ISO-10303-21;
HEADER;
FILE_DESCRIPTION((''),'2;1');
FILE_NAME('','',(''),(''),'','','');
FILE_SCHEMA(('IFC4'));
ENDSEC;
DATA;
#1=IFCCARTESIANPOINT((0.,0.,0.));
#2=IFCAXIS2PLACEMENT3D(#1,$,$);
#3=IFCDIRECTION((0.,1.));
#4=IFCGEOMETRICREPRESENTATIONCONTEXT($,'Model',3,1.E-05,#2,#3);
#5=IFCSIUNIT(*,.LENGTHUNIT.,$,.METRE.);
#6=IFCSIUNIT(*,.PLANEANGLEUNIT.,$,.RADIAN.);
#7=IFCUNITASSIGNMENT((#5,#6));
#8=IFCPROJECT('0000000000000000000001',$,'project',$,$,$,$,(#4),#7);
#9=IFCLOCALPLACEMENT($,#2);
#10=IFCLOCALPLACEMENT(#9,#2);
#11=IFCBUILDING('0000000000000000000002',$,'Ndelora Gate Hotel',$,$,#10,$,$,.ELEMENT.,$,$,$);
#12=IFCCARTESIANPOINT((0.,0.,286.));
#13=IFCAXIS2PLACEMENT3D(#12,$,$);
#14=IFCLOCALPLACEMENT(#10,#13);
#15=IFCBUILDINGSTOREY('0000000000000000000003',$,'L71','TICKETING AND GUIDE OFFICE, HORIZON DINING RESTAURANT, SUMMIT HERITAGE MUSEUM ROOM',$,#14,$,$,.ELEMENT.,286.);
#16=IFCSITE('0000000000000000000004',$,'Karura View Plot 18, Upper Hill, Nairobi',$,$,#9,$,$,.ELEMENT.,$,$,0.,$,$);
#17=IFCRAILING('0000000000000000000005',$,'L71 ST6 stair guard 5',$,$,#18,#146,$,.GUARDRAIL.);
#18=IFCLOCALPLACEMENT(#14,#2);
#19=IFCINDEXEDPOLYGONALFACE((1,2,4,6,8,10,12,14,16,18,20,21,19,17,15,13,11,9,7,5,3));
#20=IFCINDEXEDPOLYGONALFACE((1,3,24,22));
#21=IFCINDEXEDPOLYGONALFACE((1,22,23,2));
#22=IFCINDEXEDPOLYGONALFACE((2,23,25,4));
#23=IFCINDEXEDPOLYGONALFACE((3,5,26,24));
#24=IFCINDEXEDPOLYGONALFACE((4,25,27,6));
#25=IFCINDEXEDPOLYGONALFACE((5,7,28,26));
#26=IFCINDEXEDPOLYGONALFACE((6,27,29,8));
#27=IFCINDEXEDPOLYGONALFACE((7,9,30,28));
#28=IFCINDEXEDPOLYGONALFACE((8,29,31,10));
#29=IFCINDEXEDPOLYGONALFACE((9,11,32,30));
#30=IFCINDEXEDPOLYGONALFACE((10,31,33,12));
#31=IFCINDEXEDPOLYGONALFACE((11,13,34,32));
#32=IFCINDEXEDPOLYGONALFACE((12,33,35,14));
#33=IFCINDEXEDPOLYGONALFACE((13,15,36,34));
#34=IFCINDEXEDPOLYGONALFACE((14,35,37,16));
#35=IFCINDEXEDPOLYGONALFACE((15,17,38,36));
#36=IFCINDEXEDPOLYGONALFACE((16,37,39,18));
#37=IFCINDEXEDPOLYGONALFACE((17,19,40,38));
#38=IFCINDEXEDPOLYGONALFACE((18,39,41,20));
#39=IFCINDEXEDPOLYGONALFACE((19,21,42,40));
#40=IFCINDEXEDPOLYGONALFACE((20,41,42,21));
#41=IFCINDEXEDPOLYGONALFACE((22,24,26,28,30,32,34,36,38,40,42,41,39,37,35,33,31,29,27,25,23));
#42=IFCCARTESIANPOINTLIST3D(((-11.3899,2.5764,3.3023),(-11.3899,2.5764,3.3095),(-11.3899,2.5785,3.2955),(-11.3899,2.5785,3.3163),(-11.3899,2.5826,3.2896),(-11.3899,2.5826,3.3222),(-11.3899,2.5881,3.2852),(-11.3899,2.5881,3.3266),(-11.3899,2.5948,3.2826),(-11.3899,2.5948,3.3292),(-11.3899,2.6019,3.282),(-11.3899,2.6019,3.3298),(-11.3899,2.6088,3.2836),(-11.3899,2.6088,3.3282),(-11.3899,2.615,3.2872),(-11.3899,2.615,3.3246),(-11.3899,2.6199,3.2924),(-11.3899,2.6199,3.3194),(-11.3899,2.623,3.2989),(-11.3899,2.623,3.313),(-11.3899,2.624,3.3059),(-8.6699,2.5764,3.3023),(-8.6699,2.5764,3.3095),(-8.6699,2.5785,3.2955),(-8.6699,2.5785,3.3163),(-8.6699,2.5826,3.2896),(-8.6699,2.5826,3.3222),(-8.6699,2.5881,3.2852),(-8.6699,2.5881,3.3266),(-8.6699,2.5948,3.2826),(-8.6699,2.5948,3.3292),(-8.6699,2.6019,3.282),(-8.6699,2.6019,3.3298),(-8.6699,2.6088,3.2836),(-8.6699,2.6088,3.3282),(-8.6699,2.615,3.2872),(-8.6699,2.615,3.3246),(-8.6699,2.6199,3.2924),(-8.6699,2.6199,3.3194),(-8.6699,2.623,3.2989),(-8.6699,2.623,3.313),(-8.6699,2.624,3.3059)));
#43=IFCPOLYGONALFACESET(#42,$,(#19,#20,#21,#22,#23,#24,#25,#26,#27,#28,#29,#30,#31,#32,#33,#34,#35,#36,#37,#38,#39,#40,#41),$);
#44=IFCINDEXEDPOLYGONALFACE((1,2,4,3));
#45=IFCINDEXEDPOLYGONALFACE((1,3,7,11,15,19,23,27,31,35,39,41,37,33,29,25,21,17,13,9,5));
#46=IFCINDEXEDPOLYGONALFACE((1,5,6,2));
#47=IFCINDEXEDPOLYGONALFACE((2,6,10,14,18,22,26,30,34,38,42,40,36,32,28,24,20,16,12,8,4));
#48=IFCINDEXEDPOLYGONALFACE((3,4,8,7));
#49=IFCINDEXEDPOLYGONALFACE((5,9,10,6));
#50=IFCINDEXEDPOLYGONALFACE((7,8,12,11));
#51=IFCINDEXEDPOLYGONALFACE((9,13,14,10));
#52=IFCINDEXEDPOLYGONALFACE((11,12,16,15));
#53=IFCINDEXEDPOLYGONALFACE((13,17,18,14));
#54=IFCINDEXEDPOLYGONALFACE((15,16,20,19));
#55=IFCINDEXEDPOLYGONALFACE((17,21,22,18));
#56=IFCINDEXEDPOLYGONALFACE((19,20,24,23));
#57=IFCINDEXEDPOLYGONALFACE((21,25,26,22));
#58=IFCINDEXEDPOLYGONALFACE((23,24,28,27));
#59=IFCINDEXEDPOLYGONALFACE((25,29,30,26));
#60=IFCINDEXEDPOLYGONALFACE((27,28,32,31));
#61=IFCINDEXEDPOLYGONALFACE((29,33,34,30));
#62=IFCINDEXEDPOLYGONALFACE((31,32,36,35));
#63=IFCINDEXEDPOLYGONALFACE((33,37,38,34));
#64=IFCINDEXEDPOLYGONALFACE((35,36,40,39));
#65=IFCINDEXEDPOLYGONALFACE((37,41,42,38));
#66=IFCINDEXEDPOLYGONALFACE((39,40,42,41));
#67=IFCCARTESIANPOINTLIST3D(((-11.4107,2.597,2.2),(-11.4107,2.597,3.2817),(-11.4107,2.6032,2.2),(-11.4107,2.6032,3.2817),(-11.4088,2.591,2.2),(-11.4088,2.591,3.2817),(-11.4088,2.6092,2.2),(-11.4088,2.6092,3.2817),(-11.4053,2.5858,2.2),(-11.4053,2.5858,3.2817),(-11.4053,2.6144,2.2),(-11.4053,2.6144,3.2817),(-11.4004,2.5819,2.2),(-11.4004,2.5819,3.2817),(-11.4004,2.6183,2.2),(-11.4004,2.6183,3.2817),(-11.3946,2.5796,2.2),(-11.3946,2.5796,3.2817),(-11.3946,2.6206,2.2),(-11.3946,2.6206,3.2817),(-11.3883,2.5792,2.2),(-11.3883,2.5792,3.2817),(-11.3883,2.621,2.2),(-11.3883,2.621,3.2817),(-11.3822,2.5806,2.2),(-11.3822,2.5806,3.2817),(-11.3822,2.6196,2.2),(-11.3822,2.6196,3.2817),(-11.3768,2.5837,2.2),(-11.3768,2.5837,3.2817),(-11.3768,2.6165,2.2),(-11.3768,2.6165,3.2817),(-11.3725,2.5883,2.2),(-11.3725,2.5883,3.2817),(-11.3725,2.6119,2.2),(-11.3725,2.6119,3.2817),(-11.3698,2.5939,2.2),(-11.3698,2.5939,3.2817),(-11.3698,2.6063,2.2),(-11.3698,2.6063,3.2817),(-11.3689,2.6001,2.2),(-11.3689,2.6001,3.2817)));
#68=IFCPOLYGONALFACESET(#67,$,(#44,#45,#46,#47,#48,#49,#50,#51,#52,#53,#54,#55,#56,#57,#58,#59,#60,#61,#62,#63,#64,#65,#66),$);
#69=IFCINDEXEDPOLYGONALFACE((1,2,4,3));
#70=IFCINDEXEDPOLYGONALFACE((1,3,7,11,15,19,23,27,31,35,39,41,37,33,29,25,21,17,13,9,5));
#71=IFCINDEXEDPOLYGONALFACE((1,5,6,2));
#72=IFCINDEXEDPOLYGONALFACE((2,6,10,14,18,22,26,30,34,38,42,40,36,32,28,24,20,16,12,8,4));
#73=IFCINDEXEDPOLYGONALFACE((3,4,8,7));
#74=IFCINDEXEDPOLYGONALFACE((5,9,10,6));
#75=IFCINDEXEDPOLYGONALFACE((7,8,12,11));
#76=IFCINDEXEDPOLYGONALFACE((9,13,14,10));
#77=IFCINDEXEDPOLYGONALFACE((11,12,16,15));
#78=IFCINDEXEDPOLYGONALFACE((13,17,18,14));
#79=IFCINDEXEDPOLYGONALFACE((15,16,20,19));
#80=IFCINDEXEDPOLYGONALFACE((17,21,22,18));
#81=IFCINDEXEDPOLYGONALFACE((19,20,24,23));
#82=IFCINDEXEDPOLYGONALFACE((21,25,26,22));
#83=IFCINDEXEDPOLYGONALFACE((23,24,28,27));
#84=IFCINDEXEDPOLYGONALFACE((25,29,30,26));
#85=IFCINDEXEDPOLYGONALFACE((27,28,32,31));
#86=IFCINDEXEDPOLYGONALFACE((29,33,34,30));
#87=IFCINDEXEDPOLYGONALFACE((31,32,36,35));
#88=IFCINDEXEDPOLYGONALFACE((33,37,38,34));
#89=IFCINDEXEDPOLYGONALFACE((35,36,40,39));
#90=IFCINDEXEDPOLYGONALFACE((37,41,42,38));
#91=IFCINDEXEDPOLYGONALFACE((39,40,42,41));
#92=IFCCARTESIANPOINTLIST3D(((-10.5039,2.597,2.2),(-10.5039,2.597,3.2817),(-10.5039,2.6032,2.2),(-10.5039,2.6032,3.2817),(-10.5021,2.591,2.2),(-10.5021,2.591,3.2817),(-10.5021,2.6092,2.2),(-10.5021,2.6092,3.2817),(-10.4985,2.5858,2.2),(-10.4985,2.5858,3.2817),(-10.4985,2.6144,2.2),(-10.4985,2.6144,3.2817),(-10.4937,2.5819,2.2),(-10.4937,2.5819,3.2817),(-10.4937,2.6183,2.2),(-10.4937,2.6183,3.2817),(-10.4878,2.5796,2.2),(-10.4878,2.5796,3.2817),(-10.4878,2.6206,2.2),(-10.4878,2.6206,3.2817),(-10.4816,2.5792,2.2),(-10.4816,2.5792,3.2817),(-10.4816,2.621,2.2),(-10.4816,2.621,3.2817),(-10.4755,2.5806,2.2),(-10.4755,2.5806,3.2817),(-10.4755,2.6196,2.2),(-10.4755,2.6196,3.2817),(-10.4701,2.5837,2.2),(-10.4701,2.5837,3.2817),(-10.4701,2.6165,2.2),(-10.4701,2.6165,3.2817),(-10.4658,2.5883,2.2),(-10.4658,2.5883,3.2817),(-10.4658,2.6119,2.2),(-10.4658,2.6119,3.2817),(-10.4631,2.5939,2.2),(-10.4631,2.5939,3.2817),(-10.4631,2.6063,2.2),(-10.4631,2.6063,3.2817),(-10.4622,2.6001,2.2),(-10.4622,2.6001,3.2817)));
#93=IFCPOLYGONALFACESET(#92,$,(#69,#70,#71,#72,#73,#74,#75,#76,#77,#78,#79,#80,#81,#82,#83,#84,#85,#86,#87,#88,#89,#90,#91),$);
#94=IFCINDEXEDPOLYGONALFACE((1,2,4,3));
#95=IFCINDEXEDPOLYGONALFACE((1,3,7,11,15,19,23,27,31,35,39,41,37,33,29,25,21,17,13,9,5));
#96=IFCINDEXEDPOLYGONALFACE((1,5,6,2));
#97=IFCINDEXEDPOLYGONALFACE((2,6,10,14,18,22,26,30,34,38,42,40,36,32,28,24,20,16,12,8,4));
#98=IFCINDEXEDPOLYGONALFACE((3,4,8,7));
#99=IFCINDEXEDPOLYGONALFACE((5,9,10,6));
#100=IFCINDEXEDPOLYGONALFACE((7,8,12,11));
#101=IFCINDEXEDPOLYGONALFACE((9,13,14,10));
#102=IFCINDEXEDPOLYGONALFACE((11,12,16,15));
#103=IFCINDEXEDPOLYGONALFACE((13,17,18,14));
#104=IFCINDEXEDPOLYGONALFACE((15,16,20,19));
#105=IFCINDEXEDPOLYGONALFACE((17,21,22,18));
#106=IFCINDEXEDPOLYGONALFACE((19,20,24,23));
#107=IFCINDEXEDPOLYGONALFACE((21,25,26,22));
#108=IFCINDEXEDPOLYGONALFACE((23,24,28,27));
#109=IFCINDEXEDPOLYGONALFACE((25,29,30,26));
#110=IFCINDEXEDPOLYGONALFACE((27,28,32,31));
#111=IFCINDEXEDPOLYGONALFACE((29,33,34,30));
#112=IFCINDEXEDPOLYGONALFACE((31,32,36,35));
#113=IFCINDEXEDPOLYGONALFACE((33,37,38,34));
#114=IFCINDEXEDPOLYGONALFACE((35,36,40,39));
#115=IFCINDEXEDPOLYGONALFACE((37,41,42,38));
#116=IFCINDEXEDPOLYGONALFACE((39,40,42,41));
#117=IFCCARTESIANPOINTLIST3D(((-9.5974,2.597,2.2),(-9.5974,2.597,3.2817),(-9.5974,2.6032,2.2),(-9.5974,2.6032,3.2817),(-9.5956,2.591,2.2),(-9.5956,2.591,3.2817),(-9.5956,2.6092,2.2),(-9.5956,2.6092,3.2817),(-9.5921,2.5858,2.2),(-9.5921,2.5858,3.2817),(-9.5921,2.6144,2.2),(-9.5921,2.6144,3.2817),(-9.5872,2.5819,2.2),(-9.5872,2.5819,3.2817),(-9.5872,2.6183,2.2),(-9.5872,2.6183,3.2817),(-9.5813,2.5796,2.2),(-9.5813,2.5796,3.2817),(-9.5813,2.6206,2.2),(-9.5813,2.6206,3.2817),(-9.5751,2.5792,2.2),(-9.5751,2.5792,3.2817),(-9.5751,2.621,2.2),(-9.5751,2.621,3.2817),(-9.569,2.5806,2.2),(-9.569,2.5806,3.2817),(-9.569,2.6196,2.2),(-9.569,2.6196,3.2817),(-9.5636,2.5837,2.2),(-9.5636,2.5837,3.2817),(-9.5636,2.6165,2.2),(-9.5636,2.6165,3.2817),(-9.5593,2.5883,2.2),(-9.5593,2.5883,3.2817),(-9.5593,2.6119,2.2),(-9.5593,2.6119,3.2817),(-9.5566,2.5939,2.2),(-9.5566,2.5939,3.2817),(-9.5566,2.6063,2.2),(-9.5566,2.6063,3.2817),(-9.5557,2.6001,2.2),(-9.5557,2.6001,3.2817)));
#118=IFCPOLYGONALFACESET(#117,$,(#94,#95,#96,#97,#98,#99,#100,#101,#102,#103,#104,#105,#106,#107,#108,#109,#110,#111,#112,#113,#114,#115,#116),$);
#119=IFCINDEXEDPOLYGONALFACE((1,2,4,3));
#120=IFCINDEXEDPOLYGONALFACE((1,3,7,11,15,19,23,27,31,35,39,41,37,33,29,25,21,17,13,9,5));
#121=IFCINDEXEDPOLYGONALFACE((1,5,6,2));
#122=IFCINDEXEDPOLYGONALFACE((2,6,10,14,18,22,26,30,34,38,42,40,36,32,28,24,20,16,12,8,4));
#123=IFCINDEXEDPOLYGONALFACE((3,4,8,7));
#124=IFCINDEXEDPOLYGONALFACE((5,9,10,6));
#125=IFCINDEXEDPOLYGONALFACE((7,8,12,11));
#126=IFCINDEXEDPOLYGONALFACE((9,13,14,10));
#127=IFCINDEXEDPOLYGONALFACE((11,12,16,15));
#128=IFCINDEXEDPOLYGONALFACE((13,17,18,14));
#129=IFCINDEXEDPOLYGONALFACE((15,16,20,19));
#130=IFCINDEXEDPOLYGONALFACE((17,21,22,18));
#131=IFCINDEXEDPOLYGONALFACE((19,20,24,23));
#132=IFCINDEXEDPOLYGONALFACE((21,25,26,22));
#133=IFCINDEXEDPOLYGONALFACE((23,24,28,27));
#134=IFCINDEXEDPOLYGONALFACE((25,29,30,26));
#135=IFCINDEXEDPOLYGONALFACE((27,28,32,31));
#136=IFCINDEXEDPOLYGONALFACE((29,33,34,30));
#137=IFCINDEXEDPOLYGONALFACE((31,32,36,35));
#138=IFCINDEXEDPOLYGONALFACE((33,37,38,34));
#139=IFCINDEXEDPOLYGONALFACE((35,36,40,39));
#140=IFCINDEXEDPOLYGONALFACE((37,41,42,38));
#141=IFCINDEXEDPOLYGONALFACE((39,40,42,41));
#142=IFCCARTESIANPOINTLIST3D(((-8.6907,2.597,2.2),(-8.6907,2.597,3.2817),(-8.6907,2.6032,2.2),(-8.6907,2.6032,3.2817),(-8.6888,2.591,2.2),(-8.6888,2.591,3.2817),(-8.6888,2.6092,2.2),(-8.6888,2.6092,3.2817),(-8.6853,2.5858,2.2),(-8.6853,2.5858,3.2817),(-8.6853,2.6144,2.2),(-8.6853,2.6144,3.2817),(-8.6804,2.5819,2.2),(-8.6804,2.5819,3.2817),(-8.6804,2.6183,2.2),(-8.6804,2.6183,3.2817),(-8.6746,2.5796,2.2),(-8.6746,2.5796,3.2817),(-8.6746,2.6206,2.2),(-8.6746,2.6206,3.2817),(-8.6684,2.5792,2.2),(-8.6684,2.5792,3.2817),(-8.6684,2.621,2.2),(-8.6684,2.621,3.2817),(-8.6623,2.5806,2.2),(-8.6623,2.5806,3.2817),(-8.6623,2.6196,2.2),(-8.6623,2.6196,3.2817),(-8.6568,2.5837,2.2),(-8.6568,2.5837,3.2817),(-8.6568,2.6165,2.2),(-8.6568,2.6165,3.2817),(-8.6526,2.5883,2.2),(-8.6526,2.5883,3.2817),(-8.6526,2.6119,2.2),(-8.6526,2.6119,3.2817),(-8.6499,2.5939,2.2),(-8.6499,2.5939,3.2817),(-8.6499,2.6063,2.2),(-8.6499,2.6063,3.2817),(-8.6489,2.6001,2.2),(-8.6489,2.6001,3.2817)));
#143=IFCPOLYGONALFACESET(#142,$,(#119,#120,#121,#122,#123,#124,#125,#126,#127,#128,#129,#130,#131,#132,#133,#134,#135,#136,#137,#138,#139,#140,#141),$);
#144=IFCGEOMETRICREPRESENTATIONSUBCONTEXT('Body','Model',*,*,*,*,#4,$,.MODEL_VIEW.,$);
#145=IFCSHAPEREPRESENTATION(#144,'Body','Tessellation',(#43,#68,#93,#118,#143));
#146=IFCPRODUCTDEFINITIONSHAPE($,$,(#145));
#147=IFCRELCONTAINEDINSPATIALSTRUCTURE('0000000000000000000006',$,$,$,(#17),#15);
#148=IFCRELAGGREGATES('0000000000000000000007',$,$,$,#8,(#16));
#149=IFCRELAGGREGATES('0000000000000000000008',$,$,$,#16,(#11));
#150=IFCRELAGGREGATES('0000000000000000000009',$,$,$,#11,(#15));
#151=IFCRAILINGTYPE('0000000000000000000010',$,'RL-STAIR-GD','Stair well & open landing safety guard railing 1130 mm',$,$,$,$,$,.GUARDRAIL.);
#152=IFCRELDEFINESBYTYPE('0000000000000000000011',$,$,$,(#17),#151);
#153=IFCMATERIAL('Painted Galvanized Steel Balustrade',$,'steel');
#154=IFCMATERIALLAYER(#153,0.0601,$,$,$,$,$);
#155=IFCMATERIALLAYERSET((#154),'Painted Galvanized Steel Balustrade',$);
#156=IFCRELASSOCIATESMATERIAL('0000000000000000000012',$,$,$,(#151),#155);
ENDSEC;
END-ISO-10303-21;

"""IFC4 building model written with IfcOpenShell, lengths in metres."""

from ifc_helpers import new_model, si_unit, direction, frame, origin, origin_2d, place, context, subcontext, project, spatial, circle, extrude, material, layer, layer_set, type_object, element, save


model = new_model("IFC4")

# Units and contexts
model_context = context("Model", 3, precision=1e-05, world=origin(), true_north=direction((0.0, 1.0)))
body_context = subcontext(model_context, "Body", "Model", "MODEL_VIEW")
ifc_project = project(units=[si_unit("LENGTHUNIT", "METRE"), si_unit("PLANEANGLEUNIT", "RADIAN")], contexts=[model_context])

# Site, building, storey
site_placement = place(None, origin())
site = spatial("IfcSite", under=ifc_project, at=site_placement, Name="Karura View Plot 18, Upper Hill, Nairobi", CompositionType="ELEMENT", RefElevation=0.0)
building_placement = place(site_placement, origin())
building = spatial("IfcBuilding", under=site, at=building_placement, Name="Ndelora Gate Hotel", CompositionType="ELEMENT")
storey_placement = place(building_placement, frame((0.0, 0.0, 286.0)))
storey = spatial("IfcBuildingStorey", under=building, at=storey_placement, Name="L71", Description="TICKETING AND GUIDE OFFICE, HORIZON DINING RESTAURANT, SUMMIT HERITAGE MUSEUM ROOM", CompositionType="ELEMENT", Elevation=286.0)

# Railing
ifc_material_1 = material(Name="Painted Galvanized Steel Balustrade", Category="steel")
ifc_layer_1 = layer(ifc_material_1, 0.0601)
ifc_layer_set_1 = layer_set([ifc_layer_1], Name="Painted Galvanized Steel Balustrade")
railing_type_1 = type_object("IfcRailingType", Name="RL-STAIR-GD", Description="Stair well & open landing safety guard railing 1130 mm", PredefinedType="GUARDRAIL", material=ifc_layer_set_1)
railing_1_placement = place(storey_placement, frame((-11.3899, 2.6001, 2.2)))
element("IfcRailing", 1, at=railing_1_placement, inside=storey, type_object=railing_type_1, Name="L71 ST6 stair guard 5", PredefinedType="GUARDRAIL", context=body_context, shape_type="SweptSolid", body=[
    extrude(circle(Radius=0.0239, at=origin_2d()), frame((0.0, 0.0, 1.106), z_axis=(1.0, 0.0, 0.0), x_axis=(0.0, 1.0, 0.0)), (0.0, 0.0, 1.0), 2.72),
    extrude(circle(Radius=0.021, at=origin_2d()), origin(), (0.0, 0.0, 1.0), 1.0818),
    extrude(circle(Radius=0.021, at=origin_2d()), frame((0.9067, 0.0, 0.0)), (0.0, 0.0, 1.0), 1.0818),
    extrude(circle(Radius=0.021, at=origin_2d()), frame((1.8132, 0.0, 0.0)), (0.0, 0.0, 1.0), 1.0818),
    extrude(circle(Radius=0.021, at=origin_2d()), frame((2.72, 0.0, 0.0)), (0.0, 0.0, 1.0), 1.0818),
])

save(model, "model.ifc")
